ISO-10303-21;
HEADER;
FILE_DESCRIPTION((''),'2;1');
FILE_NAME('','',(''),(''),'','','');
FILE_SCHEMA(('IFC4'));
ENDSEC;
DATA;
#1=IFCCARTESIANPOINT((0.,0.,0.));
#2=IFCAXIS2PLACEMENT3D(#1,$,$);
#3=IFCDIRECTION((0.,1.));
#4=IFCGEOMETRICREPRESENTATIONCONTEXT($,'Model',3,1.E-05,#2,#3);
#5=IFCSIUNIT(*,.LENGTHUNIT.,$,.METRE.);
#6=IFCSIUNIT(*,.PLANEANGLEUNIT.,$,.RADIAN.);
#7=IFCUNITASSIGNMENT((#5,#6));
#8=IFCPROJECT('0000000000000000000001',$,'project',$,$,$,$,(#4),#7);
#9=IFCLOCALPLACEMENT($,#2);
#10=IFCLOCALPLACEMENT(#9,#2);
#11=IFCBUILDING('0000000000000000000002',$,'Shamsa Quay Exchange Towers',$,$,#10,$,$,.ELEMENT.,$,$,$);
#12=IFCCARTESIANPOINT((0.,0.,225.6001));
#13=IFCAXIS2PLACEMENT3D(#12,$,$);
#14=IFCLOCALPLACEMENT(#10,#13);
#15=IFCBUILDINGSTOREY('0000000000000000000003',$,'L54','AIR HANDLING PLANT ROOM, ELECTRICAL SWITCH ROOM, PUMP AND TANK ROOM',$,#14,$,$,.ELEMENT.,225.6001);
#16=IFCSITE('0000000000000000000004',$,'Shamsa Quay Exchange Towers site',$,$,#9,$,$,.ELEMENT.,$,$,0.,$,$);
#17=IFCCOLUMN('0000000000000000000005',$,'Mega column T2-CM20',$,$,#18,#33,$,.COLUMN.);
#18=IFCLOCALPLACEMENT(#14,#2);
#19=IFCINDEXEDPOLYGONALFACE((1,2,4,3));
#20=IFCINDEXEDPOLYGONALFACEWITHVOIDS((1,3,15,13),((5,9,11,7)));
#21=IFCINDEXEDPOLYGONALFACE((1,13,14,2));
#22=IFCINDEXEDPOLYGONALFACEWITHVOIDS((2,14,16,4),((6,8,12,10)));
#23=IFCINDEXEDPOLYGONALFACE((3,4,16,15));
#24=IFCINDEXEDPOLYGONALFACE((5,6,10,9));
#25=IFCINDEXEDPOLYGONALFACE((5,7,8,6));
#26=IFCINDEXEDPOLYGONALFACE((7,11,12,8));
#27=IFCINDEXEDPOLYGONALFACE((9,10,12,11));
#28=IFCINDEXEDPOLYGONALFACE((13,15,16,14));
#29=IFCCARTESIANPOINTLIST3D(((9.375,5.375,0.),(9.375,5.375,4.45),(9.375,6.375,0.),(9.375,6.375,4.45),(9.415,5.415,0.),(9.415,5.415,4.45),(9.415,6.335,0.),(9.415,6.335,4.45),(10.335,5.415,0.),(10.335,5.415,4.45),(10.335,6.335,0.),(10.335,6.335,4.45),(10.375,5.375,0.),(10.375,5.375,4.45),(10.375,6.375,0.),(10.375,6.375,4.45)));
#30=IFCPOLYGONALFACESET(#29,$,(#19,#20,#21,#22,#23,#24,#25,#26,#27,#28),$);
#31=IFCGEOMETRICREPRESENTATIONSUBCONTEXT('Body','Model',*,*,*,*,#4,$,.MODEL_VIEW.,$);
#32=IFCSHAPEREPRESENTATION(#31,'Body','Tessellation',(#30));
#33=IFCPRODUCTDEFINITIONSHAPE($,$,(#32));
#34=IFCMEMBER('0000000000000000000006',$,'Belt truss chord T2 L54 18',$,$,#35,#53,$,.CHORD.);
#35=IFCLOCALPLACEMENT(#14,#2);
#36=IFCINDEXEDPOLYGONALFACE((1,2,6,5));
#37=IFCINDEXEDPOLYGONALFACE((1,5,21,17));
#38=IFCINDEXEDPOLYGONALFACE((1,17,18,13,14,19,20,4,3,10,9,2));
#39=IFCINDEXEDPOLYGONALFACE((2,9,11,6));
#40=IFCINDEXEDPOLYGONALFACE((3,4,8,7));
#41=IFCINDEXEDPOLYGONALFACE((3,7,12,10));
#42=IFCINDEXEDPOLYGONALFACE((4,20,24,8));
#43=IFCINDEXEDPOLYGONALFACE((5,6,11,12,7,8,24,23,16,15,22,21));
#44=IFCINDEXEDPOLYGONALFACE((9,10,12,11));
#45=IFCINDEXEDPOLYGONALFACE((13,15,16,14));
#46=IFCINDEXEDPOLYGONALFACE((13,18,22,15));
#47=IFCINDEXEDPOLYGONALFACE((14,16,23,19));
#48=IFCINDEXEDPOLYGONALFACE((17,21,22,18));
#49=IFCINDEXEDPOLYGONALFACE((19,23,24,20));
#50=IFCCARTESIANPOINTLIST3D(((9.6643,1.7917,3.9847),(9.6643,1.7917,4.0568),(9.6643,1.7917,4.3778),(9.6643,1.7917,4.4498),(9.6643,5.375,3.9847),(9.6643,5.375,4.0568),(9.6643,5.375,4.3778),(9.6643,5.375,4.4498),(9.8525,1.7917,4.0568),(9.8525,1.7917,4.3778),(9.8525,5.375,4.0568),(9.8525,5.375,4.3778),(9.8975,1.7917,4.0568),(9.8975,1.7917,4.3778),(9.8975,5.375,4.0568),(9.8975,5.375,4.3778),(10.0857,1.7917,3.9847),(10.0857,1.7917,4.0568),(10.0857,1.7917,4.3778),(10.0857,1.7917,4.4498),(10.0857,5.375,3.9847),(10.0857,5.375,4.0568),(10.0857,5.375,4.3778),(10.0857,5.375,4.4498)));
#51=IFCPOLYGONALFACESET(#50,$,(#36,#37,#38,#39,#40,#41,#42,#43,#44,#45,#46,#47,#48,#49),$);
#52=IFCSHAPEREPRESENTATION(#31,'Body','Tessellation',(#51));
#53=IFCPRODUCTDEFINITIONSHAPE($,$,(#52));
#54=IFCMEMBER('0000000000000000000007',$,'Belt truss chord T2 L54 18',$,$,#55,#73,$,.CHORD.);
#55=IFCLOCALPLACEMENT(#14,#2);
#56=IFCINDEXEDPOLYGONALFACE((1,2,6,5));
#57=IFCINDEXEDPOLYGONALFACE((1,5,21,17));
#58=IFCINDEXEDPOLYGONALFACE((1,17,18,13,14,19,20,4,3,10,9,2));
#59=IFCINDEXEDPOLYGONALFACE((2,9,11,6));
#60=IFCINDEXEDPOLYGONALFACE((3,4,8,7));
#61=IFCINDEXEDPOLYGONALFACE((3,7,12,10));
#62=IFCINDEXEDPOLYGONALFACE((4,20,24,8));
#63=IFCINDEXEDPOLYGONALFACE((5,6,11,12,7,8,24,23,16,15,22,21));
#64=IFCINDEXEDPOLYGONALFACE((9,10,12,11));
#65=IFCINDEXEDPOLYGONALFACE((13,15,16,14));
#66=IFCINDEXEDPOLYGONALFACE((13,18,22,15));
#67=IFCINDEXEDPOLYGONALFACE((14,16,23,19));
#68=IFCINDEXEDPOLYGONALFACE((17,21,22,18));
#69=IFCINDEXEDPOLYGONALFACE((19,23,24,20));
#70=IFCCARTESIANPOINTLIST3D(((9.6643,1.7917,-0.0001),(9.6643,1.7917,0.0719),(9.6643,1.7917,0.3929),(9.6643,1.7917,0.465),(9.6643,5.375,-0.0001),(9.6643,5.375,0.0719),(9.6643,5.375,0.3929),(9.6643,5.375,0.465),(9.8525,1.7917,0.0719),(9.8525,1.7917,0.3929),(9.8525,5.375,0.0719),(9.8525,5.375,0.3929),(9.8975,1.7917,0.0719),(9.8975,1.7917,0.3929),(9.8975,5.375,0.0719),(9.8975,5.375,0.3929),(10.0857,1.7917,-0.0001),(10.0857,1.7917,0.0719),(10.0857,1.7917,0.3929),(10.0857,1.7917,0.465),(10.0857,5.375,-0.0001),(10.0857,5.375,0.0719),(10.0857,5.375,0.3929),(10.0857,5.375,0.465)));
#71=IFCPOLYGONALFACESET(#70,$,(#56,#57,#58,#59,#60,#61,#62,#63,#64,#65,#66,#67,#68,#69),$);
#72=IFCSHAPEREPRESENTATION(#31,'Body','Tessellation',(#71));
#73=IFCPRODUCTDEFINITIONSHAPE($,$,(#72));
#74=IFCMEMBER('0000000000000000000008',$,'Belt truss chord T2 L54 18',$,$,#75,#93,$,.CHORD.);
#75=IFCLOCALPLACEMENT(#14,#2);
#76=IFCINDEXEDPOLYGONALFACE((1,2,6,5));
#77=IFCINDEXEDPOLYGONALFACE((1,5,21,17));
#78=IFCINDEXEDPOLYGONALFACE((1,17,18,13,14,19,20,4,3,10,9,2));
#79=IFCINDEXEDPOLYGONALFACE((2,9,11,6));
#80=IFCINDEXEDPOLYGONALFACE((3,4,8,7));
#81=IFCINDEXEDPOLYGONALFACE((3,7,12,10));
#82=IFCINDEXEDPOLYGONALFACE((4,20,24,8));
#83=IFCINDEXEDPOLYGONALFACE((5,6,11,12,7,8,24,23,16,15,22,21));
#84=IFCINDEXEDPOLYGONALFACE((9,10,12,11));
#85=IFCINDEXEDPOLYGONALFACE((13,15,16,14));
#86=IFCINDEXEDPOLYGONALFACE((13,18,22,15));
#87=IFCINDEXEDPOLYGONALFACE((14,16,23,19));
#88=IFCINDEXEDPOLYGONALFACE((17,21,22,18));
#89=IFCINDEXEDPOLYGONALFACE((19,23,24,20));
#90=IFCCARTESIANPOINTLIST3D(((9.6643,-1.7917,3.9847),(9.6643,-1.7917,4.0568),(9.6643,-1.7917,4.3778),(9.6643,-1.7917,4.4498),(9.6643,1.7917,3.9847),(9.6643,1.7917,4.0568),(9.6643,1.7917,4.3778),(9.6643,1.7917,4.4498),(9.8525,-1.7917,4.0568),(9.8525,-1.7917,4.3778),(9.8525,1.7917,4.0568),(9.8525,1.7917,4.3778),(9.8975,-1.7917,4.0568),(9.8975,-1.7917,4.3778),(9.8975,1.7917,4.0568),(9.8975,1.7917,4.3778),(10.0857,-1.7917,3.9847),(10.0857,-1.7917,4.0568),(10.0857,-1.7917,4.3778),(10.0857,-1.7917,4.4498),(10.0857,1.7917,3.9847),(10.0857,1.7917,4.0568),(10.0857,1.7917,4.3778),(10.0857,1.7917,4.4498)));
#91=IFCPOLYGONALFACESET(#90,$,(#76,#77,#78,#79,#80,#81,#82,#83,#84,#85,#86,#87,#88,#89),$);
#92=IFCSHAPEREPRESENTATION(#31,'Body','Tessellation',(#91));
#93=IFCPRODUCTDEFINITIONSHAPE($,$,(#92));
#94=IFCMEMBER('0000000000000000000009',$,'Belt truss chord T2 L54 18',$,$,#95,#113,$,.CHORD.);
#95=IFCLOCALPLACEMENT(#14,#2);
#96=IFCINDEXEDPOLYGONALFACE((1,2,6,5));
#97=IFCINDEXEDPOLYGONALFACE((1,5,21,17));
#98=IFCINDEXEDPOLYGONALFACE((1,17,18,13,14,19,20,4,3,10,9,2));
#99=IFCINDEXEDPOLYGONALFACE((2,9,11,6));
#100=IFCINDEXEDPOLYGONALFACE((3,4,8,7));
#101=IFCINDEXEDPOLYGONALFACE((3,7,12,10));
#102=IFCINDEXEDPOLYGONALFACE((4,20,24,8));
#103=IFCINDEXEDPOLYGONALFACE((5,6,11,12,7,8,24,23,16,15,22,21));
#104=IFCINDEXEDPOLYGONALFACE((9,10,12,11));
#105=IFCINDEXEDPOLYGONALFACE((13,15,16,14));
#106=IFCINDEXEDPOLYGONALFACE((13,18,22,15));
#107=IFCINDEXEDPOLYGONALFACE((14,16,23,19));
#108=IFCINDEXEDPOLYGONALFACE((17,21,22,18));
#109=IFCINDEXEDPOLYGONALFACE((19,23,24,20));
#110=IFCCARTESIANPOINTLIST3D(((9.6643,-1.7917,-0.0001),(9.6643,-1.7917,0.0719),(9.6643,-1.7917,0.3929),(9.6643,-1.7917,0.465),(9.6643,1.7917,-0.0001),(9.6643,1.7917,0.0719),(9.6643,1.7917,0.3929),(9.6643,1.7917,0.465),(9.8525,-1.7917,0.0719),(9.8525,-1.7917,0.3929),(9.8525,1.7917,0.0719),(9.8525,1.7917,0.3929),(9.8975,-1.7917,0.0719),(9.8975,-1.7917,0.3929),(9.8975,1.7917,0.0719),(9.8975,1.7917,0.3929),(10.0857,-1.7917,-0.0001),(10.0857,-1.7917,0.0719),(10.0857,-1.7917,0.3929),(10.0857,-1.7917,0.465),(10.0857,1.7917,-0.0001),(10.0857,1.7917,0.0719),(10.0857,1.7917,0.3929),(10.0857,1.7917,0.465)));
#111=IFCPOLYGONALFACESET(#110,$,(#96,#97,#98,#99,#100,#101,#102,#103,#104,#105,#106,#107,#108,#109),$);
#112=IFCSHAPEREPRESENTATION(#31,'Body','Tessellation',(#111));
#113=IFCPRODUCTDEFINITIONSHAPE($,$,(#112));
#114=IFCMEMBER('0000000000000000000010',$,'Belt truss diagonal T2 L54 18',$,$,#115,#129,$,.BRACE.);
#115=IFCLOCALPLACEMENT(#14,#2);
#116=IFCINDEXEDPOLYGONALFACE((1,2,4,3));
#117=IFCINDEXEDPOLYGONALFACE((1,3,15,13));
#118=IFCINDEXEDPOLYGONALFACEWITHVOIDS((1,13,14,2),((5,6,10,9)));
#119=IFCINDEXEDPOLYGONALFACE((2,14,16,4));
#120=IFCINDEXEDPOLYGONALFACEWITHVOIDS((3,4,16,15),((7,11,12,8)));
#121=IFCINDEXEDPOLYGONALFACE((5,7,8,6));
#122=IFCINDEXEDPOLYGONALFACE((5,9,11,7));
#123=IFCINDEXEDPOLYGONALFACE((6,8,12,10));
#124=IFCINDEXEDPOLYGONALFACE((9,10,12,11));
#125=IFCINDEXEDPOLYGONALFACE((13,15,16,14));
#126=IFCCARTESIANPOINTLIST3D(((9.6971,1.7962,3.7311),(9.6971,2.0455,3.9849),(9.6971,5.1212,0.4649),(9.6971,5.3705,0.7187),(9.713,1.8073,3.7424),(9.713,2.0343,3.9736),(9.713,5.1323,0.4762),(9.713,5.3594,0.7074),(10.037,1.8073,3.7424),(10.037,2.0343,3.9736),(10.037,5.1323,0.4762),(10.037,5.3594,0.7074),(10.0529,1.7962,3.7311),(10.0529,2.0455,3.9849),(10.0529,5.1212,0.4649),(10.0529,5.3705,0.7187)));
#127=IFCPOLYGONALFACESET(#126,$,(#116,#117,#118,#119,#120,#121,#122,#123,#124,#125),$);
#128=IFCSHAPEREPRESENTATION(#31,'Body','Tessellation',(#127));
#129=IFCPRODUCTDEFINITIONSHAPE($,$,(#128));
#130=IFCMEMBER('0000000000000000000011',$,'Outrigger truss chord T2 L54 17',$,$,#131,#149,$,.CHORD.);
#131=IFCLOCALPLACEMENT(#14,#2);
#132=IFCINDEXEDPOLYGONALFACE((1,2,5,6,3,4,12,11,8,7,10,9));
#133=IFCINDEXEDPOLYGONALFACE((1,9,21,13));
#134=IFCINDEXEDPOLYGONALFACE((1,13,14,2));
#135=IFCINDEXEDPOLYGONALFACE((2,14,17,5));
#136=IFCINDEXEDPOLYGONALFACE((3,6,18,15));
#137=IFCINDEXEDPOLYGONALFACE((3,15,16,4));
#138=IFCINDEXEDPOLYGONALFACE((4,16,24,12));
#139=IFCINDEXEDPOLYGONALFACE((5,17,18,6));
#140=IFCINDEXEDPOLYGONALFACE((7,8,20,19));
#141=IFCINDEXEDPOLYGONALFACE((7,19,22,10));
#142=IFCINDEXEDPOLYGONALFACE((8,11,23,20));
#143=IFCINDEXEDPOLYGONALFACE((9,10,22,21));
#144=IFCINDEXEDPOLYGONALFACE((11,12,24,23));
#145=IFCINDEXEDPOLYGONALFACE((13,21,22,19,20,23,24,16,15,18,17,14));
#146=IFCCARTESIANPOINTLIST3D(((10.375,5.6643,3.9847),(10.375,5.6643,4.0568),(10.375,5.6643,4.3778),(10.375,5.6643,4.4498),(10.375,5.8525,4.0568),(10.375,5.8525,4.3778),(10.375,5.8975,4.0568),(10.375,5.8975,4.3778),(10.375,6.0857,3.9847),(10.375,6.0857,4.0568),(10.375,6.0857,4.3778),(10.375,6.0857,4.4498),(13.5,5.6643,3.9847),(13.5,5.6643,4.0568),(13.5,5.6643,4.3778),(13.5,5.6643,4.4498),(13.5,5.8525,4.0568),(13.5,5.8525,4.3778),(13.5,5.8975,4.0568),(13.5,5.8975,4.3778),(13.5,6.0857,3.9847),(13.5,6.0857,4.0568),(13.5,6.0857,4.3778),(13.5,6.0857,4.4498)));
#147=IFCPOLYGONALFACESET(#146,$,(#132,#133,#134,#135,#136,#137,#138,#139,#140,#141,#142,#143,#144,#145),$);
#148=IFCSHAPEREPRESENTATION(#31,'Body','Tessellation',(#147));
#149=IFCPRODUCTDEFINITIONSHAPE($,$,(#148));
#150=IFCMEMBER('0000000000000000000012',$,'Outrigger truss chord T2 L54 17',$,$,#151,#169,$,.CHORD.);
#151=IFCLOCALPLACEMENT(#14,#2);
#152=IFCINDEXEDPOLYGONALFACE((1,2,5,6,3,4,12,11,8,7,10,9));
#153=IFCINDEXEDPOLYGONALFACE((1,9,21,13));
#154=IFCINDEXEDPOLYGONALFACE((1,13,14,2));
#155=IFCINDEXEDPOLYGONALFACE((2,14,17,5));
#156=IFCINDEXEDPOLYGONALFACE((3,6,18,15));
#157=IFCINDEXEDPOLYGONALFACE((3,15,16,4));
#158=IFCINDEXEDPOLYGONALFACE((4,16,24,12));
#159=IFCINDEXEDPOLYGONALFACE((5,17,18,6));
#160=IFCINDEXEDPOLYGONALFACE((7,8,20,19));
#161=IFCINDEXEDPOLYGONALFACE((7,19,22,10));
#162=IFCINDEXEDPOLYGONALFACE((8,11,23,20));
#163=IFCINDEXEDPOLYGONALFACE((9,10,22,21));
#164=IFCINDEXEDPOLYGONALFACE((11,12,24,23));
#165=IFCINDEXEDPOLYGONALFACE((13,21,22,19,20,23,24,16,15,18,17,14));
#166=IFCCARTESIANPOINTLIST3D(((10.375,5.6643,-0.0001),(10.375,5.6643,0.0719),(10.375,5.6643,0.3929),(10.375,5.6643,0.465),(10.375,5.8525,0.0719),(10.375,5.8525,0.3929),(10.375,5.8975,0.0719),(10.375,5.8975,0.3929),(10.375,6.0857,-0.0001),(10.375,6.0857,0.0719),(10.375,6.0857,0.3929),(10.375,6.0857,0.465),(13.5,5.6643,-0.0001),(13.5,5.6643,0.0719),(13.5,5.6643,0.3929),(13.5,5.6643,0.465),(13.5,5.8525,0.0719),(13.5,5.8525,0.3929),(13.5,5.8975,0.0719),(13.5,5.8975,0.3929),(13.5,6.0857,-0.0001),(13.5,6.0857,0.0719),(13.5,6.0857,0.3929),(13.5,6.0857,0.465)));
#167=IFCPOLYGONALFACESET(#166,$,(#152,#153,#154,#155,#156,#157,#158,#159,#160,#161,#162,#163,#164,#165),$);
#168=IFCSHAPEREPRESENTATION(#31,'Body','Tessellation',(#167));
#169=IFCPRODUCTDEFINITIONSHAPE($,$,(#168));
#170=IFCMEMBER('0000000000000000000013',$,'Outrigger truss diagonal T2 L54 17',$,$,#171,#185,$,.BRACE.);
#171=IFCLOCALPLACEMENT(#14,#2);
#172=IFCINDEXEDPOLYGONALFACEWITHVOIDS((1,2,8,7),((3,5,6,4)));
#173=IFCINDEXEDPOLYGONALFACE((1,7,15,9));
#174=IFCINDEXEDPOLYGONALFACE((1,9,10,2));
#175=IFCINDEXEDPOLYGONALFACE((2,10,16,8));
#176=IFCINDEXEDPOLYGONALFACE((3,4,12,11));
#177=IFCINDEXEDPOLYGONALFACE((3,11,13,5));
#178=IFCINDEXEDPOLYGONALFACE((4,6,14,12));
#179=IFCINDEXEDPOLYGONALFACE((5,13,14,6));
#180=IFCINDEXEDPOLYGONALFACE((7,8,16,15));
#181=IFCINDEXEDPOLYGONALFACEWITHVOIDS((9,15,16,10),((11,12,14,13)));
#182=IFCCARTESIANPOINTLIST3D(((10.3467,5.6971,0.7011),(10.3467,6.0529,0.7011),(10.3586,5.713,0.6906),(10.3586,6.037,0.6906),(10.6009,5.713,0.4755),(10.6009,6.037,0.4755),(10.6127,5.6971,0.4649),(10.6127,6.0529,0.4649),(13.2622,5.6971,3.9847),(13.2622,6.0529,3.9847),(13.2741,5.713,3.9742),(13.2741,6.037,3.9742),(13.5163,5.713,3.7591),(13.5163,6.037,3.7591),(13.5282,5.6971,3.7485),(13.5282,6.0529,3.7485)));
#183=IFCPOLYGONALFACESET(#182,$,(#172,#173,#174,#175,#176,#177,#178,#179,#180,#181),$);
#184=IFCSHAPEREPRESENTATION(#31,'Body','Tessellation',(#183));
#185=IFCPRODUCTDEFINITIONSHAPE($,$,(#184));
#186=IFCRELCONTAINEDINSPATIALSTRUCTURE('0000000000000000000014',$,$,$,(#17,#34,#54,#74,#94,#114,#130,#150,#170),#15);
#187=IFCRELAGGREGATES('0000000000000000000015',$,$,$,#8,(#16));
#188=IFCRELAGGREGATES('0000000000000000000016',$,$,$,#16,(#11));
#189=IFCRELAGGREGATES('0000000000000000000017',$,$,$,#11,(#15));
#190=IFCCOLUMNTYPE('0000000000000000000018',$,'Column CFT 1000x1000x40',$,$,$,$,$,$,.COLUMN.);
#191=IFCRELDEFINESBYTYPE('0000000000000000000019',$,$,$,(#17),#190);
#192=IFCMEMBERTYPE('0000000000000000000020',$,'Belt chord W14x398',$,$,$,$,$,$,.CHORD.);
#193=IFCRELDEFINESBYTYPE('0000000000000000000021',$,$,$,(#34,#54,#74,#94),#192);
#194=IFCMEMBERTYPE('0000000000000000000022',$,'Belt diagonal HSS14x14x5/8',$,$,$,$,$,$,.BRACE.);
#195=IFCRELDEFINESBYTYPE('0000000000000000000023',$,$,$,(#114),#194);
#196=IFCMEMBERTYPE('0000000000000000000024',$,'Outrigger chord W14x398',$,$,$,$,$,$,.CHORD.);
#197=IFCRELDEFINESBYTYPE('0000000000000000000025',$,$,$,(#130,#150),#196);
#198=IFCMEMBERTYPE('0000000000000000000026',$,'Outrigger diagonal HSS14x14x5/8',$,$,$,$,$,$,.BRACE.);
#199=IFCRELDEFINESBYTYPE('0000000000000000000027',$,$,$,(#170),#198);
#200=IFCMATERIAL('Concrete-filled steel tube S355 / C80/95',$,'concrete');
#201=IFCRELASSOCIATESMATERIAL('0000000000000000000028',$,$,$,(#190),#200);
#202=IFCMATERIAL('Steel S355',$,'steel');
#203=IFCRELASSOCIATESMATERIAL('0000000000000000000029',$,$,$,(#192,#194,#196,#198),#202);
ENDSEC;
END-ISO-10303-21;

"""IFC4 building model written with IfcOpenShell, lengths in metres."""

from ifc_helpers import new_model, si_unit, direction, frame, origin, origin_2d, place, context, subcontext, project, spatial, hollow_rectangle, i_section, extrude, material, material_profile, profile_set, type_object, element, save


model = new_model("IFC4")

# Units and contexts
model_context = context("Model", 3, precision=1e-05, world=origin(), true_north=direction((0.0, 1.0)))
body_context = subcontext(model_context, "Body", "Model", "MODEL_VIEW")
ifc_project = project(units=[si_unit("LENGTHUNIT", "METRE"), si_unit("PLANEANGLEUNIT", "RADIAN")], contexts=[model_context])

# Site, building, storey
site_placement = place(None, origin())
site = spatial("IfcSite", under=ifc_project, at=site_placement, Name="Shamsa Quay Exchange Towers site", CompositionType="ELEMENT", RefElevation=0.0)
building_placement = place(site_placement, origin())
building = spatial("IfcBuilding", under=site, at=building_placement, Name="Shamsa Quay Exchange Towers", CompositionType="ELEMENT")
storey_placement = place(building_placement, frame((0.0, 0.0, 225.6001)))
storey = spatial("IfcBuildingStorey", under=building, at=storey_placement, Name="L54", Description="AIR HANDLING PLANT ROOM, ELECTRICAL SWITCH ROOM, PUMP AND TANK ROOM", CompositionType="ELEMENT", Elevation=225.6001)

# Column
ifc_material_1 = material(Name="Concrete-filled steel tube S355 / C80/95", Category="concrete")
ifc_material_profile_1 = material_profile(ifc_material_1, hollow_rectangle(XDim=1.0, YDim=1.0, WallThickness=0.04, at=origin_2d()), Name="CFT 1000x1000x40")
ifc_profile_set_1 = profile_set([ifc_material_profile_1], Name="Concrete-filled steel tube S355 / C80/95")
column_type = type_object("IfcColumnType", Name="Column CFT 1000x1000x40", PredefinedType="COLUMN", material=ifc_profile_set_1)
column_placement = place(storey_placement, frame((9.875, 5.875, 0.0)))
element("IfcColumn", 1, at=column_placement, inside=storey, type_object=column_type, Name="Mega column T2-CM20", PredefinedType="COLUMN", context=body_context, shape_type="SweptSolid", body=[
    extrude(hollow_rectangle(XDim=1.0, YDim=1.0, WallThickness=0.04, at=origin_2d()), origin(), (0.0, 0.0, 1.0), 4.45),
])

# Members
ifc_material_2 = material(Name="Steel S355", Category="steel")
ifc_material_profile_2 = material_profile(ifc_material_2, i_section(OverallWidth=0.4214, OverallDepth=0.4651, WebThickness=0.0449, FlangeThickness=0.072, at=origin_2d()), Name="W14x398")
ifc_profile_set_2 = profile_set([ifc_material_profile_2], Name="Steel S355")
member_type_1 = type_object("IfcMemberType", Name="Belt chord W14x398", PredefinedType="CHORD", material=ifc_profile_set_2)
for number, where, z_axis, x_axis, name in (
    (2, (9.875, 5.375, 4.2173), (0.0, -1.0, 0.0), (1.0, 0.0, 0.0), "Belt truss chord T2 L54 18"),
    (3, (9.875, 5.375, 0.2324), (0.0, -1.0, 0.0), (1.0, 0.0, 0.0), "Belt truss chord T2 L54 18"),
):
    element("IfcMember", number, at=place(storey_placement, frame(where, z_axis=z_axis, x_axis=x_axis)), inside=storey, type_object=member_type_1, Name=name, PredefinedType="CHORD", context=body_context, shape_type="SweptSolid", body=[
        extrude(i_section(OverallWidth=0.4214, OverallDepth=0.4651, WebThickness=0.0449, FlangeThickness=0.072, at=origin_2d()), origin(), (0.0, 0.0, 1.0), 3.5833),
    ])
for number, where, z_axis, x_axis, name in (
    (4, (9.875, 1.7917, 4.2173), (0.0, -1.0, 0.0), (1.0, 0.0, 0.0), "Belt truss chord T2 L54 18"),
    (5, (9.875, 1.7917, 0.2324), (0.0, -1.0, 0.0), (1.0, 0.0, 0.0), "Belt truss chord T2 L54 18"),
):
    element("IfcMember", number, at=place(storey_placement, frame(where, z_axis=z_axis, x_axis=x_axis)), inside=storey, type_object=member_type_1, Name=name, PredefinedType="CHORD", context=body_context, shape_type="SweptSolid", body=[
        extrude(i_section(OverallWidth=0.4214, OverallDepth=0.4651, WebThickness=0.0449, FlangeThickness=0.072, at=origin_2d()), origin(), (0.0, 0.0, 1.0), 3.5835),
    ])
ifc_material_profile_3 = material_profile(ifc_material_2, hollow_rectangle(XDim=0.3557, YDim=0.3557, WallThickness=0.0159, at=origin_2d()), Name="HSS14x14x5/8")
ifc_profile_set_3 = profile_set([ifc_material_profile_3], Name="Steel S355")
member_type_2 = type_object("IfcMemberType", Name="Belt diagonal HSS14x14x5/8", PredefinedType="BRACE", material=ifc_profile_set_3)
member_1_placement = place(storey_placement, frame((9.875, 5.2458, 0.5918), z_axis=(0.0, -0.713391, 0.700767), x_axis=(1.0, 0.0, 0.0)))
element("IfcMember", 6, at=member_1_placement, inside=storey, type_object=member_type_2, Name="Belt truss diagonal T2 L54 18", PredefinedType="BRACE", context=body_context, shape_type="SweptSolid", body=[
    extrude(hollow_rectangle(XDim=0.3557, YDim=0.3557, WallThickness=0.0159, at=origin_2d()), origin(), (0.0, 0.0, 1.0), 4.6609),
])
ifc_material_profile_4 = material_profile(ifc_material_2, i_section(OverallWidth=0.4214, OverallDepth=0.4651, WebThickness=0.0449, FlangeThickness=0.072, at=origin_2d()), Name="W14x398")
ifc_profile_set_4 = profile_set([ifc_material_profile_4], Name="Steel S355")
member_type_3 = type_object("IfcMemberType", Name="Outrigger chord W14x398", PredefinedType="CHORD", material=ifc_profile_set_4)
for number, where, z_axis, x_axis, name in (
    (7, (10.375, 5.875, 4.2173), (1.0, 0.0, 0.0), (0.0, 1.0, 0.0), "Outrigger truss chord T2 L54 17"),
    (8, (10.375, 5.875, 0.2324), (1.0, 0.0, 0.0), (0.0, 1.0, 0.0), "Outrigger truss chord T2 L54 17"),
):
    element("IfcMember", number, at=place(storey_placement, frame(where, z_axis=z_axis, x_axis=x_axis)), inside=storey, type_object=member_type_3, Name=name, PredefinedType="CHORD", context=body_context, shape_type="SweptSolid", body=[
        extrude(i_section(OverallWidth=0.4214, OverallDepth=0.4651, WebThickness=0.0449, FlangeThickness=0.072, at=origin_2d()), origin(), (0.0, 0.0, 1.0), 3.125),
    ])
ifc_material_profile_5 = material_profile(ifc_material_2, hollow_rectangle(XDim=0.3557, YDim=0.3557, WallThickness=0.0159, at=origin_2d()), Name="HSS14x14x5/8")
ifc_profile_set_5 = profile_set([ifc_material_profile_5], Name="Steel S355")
member_type_4 = type_object("IfcMemberType", Name="Outrigger diagonal HSS14x14x5/8", PredefinedType="BRACE", material=ifc_profile_set_5)
member_2_placement = place(storey_placement, frame((10.4797, 5.875, 0.583), z_axis=(0.663943, 0.0, 0.747783), x_axis=(0.0, 1.0, 0.0)))
element("IfcMember", 9, at=member_2_placement, inside=storey, type_object=member_type_4, Name="Outrigger truss diagonal T2 L54 17", PredefinedType="BRACE", context=body_context, shape_type="SweptSolid", body=[
    extrude(hollow_rectangle(XDim=0.3557, YDim=0.3557, WallThickness=0.0159, at=origin_2d()), origin(), (0.0, 0.0, 1.0), 4.3911),
])

save(model, "model.ifc")
